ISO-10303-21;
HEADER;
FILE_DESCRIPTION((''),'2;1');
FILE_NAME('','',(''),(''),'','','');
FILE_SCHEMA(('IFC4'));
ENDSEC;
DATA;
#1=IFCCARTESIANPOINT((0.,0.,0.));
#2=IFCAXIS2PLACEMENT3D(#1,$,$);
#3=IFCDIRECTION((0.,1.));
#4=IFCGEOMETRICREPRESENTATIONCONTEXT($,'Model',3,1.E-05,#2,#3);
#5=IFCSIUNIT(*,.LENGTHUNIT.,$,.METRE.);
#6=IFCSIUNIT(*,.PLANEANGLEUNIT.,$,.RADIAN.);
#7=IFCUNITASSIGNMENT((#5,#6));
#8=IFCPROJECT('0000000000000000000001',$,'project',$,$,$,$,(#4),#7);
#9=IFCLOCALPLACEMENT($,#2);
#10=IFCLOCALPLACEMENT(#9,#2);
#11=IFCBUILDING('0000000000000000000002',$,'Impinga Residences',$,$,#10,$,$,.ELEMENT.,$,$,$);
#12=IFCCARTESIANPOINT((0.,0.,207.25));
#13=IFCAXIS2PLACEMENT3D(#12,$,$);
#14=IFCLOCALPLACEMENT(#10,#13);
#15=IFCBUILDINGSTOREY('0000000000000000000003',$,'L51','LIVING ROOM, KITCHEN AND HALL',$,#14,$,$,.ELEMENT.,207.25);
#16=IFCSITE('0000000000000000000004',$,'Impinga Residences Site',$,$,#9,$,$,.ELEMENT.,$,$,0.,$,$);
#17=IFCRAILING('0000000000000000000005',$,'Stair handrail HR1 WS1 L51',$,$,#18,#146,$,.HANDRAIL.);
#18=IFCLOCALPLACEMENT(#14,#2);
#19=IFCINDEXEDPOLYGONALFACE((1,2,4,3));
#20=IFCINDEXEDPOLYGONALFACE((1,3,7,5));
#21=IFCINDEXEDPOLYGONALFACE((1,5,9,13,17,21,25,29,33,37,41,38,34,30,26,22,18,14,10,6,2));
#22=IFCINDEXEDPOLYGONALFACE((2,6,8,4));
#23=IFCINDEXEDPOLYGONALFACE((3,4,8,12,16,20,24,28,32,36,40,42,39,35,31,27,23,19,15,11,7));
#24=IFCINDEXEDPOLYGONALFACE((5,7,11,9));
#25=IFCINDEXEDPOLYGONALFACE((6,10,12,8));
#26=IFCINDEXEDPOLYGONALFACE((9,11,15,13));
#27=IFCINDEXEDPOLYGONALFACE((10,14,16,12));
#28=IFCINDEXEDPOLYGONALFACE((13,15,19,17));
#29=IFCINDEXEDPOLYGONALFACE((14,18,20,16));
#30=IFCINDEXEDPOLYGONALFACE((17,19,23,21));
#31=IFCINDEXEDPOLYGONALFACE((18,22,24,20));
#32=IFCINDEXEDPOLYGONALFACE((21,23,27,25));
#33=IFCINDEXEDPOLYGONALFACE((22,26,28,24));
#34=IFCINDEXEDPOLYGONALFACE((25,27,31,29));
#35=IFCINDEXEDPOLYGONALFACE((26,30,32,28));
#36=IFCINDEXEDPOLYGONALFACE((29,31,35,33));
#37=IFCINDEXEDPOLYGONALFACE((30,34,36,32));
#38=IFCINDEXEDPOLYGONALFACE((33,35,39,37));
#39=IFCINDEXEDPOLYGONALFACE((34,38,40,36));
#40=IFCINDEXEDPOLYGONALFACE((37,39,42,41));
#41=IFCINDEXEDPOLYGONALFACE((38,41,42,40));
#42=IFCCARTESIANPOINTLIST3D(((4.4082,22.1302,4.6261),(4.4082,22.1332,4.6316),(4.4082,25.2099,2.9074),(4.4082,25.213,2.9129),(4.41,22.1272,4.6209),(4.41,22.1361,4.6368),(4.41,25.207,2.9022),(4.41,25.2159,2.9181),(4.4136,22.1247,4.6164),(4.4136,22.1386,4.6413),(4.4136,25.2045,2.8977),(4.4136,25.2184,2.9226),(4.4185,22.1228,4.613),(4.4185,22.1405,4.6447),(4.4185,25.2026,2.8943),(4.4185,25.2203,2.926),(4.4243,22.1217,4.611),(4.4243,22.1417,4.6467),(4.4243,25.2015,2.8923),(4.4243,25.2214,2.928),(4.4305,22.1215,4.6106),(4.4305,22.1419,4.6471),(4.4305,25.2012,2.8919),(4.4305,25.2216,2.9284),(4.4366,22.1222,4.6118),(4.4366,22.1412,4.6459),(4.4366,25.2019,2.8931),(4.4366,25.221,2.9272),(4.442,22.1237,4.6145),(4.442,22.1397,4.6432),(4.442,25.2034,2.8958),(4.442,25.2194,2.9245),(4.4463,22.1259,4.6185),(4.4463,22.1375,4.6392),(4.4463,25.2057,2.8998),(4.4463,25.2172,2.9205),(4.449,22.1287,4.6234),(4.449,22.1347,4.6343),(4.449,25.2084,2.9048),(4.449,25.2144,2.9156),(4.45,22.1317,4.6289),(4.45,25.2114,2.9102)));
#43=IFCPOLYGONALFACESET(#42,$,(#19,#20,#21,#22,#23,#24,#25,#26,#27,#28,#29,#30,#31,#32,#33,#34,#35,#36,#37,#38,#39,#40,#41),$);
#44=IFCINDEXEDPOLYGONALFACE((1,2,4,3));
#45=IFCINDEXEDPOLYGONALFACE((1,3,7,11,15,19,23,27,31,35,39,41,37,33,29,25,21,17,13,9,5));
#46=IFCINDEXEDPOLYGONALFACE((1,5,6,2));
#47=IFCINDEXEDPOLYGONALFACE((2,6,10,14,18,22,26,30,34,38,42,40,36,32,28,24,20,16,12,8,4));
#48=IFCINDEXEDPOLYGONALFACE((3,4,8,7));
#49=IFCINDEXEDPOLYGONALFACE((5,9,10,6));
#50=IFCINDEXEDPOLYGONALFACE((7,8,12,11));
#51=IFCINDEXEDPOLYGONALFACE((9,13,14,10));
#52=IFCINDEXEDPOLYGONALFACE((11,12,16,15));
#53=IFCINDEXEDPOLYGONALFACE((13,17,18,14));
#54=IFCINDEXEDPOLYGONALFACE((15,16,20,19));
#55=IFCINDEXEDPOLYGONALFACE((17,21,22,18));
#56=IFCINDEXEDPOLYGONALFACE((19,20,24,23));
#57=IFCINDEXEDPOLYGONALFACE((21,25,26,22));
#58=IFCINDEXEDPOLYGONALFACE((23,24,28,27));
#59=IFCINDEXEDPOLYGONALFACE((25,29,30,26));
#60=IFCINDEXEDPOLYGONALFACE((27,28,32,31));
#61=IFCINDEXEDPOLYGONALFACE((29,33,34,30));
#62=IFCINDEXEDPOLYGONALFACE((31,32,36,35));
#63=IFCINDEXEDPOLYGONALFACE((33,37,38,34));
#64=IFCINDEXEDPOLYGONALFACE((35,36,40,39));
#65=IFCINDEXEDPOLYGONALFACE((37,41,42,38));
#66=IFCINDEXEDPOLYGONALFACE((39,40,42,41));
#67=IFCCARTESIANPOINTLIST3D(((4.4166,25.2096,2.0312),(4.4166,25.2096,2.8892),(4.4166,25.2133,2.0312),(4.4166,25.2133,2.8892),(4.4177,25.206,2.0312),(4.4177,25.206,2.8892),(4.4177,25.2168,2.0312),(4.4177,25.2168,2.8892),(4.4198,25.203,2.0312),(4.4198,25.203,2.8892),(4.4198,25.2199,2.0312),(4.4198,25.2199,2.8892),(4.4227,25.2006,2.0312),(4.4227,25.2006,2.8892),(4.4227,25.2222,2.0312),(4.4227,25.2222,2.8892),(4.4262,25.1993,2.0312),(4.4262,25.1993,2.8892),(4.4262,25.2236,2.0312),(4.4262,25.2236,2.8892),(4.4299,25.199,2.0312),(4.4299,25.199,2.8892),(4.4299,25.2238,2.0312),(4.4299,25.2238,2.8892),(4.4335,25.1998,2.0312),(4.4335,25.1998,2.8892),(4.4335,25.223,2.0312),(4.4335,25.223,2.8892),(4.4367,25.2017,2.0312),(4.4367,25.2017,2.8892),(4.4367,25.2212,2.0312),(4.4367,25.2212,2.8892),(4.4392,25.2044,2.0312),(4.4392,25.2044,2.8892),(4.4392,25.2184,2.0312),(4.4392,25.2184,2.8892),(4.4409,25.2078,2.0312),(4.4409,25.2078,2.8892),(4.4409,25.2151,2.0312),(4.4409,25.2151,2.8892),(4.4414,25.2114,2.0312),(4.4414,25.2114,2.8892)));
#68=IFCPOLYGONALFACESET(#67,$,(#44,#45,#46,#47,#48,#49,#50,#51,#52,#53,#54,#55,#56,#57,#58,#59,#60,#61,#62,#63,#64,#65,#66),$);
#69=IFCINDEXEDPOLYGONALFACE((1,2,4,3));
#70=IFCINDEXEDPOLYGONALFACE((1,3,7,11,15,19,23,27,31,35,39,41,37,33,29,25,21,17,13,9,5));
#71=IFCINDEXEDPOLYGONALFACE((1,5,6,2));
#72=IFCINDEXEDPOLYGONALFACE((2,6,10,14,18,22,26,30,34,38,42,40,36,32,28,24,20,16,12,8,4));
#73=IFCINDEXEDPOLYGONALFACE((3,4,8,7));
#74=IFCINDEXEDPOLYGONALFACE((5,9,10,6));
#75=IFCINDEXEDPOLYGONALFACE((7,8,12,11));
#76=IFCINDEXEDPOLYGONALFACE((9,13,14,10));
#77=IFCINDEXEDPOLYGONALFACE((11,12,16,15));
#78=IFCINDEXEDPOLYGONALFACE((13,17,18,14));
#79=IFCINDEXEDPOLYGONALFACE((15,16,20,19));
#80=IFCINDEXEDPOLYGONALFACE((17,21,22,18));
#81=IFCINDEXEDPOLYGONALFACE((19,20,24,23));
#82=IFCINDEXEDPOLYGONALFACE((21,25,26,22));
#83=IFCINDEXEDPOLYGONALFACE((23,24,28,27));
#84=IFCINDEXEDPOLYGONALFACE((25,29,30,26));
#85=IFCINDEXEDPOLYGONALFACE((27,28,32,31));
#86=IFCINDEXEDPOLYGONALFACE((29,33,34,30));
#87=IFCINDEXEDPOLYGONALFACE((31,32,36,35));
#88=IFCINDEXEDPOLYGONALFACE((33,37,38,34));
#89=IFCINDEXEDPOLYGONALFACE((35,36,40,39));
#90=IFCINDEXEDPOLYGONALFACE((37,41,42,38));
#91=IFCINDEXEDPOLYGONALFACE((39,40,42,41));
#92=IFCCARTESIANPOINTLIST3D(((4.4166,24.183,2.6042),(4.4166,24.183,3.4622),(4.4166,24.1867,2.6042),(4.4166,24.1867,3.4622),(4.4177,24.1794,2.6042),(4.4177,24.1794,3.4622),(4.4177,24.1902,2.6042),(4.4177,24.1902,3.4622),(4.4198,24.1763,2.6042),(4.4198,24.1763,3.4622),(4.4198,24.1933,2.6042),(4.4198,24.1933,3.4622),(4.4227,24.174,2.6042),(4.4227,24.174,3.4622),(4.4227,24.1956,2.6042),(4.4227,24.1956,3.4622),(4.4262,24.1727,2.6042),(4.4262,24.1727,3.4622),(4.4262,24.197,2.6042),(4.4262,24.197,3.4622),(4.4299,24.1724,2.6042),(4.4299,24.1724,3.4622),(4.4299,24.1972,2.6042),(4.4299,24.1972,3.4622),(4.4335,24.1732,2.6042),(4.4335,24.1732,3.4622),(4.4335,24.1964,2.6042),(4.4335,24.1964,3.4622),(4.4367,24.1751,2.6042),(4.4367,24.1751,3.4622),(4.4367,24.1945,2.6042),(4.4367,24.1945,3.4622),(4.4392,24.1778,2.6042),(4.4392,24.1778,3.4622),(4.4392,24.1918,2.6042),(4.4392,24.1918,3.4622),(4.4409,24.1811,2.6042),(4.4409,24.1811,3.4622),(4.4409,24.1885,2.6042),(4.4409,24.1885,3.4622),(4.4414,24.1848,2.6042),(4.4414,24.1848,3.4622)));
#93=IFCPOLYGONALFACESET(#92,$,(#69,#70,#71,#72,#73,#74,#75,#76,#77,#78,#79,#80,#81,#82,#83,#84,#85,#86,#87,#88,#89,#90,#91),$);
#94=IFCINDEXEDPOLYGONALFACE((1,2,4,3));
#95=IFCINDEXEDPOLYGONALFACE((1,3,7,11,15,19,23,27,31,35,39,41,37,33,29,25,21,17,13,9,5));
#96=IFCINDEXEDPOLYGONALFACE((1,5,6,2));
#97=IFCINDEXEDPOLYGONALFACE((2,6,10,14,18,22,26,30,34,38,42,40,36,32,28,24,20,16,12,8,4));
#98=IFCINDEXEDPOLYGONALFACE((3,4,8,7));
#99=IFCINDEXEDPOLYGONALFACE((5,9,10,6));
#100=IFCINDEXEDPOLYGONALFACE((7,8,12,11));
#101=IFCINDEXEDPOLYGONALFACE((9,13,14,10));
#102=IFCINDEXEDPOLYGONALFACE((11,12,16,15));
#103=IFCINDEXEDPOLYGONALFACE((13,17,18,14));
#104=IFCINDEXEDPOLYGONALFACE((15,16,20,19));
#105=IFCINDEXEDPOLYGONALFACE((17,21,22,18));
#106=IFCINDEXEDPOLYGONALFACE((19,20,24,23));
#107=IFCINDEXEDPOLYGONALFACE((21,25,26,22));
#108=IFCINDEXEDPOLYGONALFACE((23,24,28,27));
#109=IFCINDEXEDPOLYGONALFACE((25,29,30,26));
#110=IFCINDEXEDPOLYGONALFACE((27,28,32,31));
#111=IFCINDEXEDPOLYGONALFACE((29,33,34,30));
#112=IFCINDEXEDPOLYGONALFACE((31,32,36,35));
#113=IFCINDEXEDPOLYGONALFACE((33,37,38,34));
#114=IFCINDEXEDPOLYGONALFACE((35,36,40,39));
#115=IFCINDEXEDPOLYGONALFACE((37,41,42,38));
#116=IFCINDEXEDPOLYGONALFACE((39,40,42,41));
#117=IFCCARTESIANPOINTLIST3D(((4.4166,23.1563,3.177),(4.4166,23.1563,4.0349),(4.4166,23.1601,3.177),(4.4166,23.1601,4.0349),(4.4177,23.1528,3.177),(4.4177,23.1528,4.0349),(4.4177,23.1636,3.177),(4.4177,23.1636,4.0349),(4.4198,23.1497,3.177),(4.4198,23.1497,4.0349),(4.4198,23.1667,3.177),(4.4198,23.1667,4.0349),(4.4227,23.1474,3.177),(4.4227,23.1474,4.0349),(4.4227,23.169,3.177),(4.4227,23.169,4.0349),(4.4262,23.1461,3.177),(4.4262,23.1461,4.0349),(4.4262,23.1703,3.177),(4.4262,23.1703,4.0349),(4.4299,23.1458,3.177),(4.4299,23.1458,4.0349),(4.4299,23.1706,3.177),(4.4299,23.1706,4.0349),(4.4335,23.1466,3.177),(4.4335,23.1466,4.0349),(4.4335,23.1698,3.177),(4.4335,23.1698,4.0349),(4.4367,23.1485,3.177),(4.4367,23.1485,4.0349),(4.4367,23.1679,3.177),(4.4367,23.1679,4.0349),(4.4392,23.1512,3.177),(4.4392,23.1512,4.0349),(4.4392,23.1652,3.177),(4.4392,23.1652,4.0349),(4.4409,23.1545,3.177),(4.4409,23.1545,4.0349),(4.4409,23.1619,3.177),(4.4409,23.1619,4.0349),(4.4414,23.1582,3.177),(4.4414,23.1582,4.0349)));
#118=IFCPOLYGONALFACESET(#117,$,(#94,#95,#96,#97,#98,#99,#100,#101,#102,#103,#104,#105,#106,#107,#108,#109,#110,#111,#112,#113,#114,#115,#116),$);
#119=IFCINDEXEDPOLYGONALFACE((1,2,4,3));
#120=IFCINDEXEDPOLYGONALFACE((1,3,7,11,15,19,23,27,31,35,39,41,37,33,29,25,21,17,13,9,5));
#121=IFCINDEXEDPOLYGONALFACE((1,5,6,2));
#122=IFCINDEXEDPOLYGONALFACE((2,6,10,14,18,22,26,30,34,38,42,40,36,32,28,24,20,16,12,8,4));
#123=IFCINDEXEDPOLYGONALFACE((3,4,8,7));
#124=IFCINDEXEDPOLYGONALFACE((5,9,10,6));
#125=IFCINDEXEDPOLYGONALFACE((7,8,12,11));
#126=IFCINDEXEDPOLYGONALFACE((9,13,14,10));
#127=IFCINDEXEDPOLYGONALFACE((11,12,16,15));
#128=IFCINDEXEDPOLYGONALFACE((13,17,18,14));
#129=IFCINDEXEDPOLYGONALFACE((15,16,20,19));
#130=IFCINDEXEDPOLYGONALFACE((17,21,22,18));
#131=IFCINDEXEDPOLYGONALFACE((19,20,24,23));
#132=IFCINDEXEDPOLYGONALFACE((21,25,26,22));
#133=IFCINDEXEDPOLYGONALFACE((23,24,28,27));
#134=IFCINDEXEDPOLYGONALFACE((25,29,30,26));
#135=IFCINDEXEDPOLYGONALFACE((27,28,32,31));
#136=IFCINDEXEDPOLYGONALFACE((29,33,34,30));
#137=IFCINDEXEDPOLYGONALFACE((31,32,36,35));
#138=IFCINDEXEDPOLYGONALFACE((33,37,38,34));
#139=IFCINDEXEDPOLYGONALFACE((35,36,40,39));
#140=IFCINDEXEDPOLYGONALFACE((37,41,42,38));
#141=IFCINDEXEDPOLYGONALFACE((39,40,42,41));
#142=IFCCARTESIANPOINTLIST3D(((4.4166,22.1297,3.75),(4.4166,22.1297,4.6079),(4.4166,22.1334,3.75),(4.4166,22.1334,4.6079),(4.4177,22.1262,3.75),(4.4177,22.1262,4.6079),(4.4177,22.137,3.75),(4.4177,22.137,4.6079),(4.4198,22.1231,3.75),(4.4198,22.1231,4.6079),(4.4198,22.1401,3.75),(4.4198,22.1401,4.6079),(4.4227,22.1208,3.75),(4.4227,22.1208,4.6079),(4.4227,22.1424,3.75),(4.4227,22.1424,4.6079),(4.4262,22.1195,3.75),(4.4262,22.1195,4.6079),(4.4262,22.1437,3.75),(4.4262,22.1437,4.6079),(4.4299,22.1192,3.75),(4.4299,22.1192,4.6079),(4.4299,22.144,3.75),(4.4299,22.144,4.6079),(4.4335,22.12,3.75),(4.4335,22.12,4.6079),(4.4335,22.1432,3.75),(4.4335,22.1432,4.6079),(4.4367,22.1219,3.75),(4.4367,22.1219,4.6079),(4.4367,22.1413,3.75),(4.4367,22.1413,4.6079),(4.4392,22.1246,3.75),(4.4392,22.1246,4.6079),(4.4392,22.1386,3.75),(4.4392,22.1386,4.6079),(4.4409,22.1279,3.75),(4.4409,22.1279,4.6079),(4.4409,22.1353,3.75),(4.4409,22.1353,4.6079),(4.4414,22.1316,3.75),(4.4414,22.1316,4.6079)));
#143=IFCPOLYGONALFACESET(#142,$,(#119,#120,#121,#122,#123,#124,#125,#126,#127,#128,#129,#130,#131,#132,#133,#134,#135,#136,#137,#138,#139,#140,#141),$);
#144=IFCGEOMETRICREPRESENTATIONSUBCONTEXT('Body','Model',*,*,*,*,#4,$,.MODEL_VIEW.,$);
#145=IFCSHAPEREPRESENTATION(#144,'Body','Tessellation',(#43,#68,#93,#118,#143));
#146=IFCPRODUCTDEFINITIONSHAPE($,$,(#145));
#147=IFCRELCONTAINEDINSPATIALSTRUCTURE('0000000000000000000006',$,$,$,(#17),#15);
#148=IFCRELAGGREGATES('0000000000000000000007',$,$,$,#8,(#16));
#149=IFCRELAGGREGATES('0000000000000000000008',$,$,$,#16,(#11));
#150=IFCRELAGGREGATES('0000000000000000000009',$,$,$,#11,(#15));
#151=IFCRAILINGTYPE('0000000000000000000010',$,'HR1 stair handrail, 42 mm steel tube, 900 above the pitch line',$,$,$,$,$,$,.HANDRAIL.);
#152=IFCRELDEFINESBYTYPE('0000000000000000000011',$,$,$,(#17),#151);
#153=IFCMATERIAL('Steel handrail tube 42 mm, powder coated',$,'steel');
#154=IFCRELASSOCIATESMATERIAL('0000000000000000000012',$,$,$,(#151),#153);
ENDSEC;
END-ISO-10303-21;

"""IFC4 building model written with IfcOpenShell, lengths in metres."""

from ifc_helpers import new_model, si_unit, direction, frame, origin, origin_2d, place, context, subcontext, project, spatial, circle, extrude, material, type_object, element, save


model = new_model("IFC4")

# Units and contexts
model_context = context("Model", 3, precision=1e-05, world=origin(), true_north=direction((0.0, 1.0)))
body_context = subcontext(model_context, "Body", "Model", "MODEL_VIEW")
ifc_project = project(units=[si_unit("LENGTHUNIT", "METRE"), si_unit("PLANEANGLEUNIT", "RADIAN")], contexts=[model_context])

# Site, building, storey
site_placement = place(None, origin())
site = spatial("IfcSite", under=ifc_project, at=site_placement, Name="Impinga Residences Site", CompositionType="ELEMENT", RefElevation=0.0)
building_placement = place(site_placement, origin())
building = spatial("IfcBuilding", under=site, at=building_placement, Name="Impinga Residences", CompositionType="ELEMENT")
storey_placement = place(building_placement, frame((0.0, 0.0, 207.25)))
storey = spatial("IfcBuildingStorey", under=building, at=storey_placement, Name="L51", Description="LIVING ROOM, KITCHEN AND HALL", CompositionType="ELEMENT", Elevation=207.25)

# Railing
ifc_material_1 = material(Name="Steel handrail tube 42 mm, powder coated", Category="steel")
railing_type_1 = type_object("IfcRailingType", Name="HR1 stair handrail, 42 mm steel tube, 900 above the pitch line", PredefinedType="HANDRAIL", material=ifc_material_1)
railing_1_placement = place(storey_placement, frame((4.429, 25.2114, 2.0312)))
element("IfcRailing", 1, at=railing_1_placement, inside=storey, type_object=railing_type_1, Name="Stair handrail HR1 WS1 L51", PredefinedType="HANDRAIL", context=body_context, shape_type="SweptSolid", body=[
    extrude(circle(Radius=0.021, at=origin_2d()), frame((0.0, 0.0, 0.8789), z_axis=(0.0, -0.873225, 0.487317), x_axis=(1.0, 0.0, 0.0)), (0.0, 0.0, 1.0), 3.5269),
    extrude(circle(Radius=0.0125, at=origin_2d()), origin(), (0.0, 0.0, 1.0), 0.8579),
    extrude(circle(Radius=0.0125, at=origin_2d()), frame((0.0, -1.0266, 0.573)), (0.0, 0.0, 1.0), 0.8579),
    extrude(circle(Radius=0.0125, at=origin_2d()), frame((0.0, -2.0532, 1.1458)), (0.0, 0.0, 1.0), 0.8579),
    extrude(circle(Radius=0.0125, at=origin_2d()), frame((0.0, -3.0798, 1.7188)), (0.0, 0.0, 1.0), 0.8579),
])

save(model, "model.ifc")
